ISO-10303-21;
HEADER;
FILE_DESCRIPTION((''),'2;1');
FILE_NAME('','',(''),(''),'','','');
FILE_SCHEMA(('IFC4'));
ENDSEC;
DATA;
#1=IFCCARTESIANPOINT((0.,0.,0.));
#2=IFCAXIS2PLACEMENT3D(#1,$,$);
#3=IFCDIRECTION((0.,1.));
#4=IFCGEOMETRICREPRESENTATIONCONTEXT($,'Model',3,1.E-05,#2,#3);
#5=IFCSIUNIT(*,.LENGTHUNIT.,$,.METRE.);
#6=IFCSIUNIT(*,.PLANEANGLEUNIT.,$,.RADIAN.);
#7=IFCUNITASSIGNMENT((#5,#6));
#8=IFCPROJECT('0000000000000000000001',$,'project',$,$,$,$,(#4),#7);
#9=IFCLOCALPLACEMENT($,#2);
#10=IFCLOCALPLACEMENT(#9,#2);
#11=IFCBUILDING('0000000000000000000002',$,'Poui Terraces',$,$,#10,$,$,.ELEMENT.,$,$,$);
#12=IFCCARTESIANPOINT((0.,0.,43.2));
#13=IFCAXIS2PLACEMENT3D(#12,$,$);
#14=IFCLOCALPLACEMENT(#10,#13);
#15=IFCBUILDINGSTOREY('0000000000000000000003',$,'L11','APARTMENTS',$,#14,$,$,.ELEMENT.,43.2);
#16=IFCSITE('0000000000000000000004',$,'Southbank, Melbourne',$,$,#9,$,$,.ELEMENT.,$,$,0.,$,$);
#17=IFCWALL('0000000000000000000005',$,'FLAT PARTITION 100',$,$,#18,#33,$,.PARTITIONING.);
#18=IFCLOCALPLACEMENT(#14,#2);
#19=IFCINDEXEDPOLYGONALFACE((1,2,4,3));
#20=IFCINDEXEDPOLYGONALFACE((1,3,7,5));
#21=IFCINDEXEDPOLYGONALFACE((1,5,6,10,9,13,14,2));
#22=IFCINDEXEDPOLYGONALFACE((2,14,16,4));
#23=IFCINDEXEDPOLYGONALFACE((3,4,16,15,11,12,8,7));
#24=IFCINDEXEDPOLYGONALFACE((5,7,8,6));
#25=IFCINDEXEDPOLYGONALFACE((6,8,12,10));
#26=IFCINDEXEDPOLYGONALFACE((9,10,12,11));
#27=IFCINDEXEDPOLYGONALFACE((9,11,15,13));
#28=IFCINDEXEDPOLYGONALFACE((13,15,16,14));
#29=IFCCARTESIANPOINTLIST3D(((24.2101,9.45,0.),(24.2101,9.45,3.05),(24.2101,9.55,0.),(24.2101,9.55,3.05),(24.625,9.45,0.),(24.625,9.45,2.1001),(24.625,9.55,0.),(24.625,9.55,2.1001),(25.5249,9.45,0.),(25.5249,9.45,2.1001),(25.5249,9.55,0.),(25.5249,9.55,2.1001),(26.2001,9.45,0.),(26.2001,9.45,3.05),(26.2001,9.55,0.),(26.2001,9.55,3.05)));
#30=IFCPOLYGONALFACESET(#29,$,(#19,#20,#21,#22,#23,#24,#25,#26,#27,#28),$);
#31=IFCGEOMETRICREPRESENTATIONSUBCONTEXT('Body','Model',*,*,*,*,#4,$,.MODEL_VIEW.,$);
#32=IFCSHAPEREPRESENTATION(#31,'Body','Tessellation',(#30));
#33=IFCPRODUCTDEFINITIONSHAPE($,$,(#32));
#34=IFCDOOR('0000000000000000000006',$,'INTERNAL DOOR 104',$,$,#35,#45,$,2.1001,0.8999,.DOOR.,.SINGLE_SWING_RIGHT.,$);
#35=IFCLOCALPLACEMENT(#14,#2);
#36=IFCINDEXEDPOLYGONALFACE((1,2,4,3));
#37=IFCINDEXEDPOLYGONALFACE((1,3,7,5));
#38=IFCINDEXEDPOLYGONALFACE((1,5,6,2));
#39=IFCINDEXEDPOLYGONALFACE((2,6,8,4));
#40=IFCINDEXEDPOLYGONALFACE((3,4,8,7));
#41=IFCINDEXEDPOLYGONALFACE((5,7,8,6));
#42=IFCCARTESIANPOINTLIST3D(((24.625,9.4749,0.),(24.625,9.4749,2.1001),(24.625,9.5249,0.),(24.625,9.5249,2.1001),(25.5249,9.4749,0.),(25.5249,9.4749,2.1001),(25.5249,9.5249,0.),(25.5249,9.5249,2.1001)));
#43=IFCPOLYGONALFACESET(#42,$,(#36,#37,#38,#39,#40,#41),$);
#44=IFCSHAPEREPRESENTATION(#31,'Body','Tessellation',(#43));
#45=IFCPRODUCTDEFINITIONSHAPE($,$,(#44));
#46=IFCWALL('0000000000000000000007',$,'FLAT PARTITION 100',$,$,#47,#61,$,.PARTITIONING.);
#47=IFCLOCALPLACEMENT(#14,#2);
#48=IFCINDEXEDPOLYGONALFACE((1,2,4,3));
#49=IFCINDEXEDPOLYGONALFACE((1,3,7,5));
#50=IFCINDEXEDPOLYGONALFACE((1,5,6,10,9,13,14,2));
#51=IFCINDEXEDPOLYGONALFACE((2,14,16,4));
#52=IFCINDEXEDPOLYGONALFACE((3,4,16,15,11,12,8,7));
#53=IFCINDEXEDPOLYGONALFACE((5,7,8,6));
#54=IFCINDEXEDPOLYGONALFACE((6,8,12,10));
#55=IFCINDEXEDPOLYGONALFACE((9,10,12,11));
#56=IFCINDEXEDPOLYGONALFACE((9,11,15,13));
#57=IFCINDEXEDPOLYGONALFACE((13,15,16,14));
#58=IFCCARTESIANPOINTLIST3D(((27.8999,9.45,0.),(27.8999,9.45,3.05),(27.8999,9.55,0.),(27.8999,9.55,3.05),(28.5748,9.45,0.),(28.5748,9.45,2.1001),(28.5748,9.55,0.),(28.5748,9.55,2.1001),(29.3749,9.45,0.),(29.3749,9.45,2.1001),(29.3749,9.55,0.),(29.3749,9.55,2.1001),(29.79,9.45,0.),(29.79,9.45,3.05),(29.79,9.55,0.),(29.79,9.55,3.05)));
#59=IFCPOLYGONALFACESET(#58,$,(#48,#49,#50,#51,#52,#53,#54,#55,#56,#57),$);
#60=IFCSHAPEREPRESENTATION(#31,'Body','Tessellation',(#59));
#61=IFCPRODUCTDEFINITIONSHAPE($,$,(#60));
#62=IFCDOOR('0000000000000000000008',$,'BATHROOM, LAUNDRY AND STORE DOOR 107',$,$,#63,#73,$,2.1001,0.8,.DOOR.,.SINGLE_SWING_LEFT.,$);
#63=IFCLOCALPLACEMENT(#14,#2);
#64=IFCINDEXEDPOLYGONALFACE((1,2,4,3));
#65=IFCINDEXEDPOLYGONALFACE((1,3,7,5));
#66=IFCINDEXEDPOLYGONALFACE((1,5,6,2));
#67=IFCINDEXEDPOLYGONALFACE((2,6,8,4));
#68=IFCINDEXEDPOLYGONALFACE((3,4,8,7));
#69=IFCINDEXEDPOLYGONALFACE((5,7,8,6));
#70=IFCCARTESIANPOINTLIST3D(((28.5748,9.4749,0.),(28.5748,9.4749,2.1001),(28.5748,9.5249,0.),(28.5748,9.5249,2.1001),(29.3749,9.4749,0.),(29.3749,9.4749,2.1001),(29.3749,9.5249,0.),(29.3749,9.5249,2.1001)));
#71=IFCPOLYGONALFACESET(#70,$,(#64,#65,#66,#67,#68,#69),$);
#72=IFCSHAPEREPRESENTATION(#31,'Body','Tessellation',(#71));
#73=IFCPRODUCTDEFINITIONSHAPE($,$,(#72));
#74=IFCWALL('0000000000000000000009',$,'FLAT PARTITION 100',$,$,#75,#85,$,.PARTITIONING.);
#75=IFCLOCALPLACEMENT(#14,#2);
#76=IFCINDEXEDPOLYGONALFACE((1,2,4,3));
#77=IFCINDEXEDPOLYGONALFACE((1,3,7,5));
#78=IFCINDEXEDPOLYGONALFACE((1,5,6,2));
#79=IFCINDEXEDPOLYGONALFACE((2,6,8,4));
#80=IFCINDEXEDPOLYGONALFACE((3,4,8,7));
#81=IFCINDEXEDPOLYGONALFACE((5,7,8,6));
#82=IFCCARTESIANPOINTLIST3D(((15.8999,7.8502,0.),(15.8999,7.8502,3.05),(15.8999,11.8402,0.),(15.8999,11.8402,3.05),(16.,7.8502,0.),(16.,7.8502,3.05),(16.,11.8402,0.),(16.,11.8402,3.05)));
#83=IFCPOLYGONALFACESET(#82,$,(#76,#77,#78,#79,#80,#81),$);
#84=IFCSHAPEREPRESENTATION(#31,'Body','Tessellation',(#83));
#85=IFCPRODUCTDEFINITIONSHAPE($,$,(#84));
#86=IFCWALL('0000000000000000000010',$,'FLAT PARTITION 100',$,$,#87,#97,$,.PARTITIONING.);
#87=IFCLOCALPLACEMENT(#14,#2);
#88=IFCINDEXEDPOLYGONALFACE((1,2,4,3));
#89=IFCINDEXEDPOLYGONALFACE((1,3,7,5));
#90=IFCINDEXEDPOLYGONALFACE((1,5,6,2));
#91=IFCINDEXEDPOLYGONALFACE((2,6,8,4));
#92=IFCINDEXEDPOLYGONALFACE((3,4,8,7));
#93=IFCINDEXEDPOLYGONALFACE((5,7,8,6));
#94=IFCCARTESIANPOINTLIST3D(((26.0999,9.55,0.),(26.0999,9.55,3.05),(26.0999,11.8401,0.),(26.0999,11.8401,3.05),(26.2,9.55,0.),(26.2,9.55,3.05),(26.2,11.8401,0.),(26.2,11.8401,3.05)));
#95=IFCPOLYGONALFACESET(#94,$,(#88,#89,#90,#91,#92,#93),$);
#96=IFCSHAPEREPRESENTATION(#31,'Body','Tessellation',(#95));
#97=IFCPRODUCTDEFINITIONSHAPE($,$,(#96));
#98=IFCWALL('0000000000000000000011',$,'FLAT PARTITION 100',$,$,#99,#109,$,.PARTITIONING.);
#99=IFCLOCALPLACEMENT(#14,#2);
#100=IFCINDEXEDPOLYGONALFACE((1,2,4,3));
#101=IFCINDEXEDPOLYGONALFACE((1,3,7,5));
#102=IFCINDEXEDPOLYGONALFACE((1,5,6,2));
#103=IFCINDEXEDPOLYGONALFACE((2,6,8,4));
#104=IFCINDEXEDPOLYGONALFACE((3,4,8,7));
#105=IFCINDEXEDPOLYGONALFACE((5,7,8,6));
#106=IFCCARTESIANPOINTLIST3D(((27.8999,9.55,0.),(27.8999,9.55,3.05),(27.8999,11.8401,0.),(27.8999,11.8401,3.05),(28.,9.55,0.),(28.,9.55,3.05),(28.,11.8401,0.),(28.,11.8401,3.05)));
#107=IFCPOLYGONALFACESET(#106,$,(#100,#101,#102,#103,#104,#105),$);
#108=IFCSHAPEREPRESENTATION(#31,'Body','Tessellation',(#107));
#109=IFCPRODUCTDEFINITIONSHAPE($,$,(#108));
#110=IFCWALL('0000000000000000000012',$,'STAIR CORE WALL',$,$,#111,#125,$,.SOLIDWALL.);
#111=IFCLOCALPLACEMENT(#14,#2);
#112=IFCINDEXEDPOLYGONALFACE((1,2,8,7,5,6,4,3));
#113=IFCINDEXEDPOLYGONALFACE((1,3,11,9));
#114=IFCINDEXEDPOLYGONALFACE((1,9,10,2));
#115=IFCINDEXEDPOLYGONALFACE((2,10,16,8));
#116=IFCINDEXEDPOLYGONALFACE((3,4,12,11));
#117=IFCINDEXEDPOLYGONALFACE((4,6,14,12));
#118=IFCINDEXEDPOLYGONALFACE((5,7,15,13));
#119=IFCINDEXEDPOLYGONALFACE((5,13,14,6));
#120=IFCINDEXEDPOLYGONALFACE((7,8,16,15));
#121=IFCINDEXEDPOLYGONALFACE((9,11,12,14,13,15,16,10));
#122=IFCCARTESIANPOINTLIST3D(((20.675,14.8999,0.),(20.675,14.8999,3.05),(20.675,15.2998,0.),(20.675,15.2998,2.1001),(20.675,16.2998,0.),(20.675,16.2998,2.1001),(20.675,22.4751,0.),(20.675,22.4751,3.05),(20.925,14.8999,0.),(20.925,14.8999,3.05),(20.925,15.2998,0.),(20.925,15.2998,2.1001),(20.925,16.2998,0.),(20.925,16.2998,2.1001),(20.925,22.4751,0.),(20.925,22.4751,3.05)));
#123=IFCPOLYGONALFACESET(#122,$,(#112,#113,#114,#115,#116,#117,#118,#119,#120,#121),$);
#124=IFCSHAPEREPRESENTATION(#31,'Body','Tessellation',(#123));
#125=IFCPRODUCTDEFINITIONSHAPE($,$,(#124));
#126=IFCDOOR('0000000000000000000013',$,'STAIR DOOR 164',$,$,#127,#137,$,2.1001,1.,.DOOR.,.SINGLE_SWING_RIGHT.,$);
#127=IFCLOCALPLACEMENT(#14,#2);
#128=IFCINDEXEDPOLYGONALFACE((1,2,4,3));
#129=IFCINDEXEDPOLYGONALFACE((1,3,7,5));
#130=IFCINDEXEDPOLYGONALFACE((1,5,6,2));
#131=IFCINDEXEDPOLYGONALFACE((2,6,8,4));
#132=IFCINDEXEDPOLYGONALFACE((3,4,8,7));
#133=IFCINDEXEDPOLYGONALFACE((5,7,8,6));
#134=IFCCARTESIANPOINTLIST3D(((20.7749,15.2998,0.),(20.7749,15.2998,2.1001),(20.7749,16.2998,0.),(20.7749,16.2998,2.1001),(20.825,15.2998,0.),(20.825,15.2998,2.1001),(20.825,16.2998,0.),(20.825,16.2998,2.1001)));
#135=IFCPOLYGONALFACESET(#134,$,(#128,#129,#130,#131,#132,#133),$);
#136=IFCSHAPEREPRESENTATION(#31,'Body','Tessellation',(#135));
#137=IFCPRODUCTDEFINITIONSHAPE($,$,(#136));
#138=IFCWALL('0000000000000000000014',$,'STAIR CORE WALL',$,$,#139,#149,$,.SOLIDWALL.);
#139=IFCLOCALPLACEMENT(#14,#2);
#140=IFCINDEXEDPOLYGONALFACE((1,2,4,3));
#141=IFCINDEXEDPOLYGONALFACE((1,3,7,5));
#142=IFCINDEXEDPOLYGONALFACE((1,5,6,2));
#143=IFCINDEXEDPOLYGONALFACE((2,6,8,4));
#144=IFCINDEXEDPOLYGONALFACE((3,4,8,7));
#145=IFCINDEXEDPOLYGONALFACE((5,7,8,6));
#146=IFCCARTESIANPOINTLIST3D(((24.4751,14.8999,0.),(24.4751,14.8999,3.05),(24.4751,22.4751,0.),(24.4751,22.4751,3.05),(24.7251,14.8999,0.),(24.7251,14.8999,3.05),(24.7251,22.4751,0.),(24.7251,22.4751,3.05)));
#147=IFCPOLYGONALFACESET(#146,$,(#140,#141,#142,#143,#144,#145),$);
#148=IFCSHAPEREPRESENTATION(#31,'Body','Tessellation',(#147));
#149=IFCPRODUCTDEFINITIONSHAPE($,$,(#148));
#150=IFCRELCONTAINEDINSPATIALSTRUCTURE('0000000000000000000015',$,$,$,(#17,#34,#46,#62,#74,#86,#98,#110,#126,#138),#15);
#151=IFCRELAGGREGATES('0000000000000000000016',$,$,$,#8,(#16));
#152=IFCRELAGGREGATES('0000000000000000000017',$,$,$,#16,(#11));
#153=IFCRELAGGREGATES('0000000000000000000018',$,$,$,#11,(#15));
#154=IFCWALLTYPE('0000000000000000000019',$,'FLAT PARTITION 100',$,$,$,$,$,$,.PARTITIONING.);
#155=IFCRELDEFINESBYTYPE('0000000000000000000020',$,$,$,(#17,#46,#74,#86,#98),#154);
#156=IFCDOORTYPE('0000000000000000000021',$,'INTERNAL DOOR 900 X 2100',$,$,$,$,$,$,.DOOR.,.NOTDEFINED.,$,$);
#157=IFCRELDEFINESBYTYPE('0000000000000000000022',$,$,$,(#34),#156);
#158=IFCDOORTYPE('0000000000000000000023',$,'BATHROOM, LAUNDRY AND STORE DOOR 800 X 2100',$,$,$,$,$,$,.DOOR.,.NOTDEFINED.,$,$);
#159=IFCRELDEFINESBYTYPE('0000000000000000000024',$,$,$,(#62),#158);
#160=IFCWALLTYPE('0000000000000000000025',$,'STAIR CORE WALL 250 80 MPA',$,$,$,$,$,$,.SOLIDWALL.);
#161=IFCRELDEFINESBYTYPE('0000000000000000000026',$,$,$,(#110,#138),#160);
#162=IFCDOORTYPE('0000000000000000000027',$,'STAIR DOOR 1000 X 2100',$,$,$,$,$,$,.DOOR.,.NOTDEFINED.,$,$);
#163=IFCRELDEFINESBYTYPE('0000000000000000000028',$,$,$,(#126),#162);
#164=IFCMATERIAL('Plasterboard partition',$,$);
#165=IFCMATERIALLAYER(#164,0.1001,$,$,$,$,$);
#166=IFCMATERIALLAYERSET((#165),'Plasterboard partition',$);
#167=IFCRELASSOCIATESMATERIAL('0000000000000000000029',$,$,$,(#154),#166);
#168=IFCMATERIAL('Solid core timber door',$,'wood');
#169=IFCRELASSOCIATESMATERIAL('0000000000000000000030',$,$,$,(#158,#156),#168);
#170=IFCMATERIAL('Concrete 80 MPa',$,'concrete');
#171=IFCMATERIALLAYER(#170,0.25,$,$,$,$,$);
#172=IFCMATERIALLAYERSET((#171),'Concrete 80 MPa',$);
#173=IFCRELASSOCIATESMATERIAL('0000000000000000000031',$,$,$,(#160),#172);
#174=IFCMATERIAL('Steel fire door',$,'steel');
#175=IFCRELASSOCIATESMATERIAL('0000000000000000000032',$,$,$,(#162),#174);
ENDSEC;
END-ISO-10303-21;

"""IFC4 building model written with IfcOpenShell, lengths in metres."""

from ifc_helpers import new_model, si_unit, direction, frame, frame_2d, origin, place, context, subcontext, project, spatial, rectangle, extrude, material, layer, layer_set, type_object, element, fill, save


model = new_model("IFC4")

# Units and contexts
model_context = context("Model", 3, precision=1e-05, world=origin(), true_north=direction((0.0, 1.0)))
body_context = subcontext(model_context, "Body", "Model", "MODEL_VIEW")
ifc_project = project(units=[si_unit("LENGTHUNIT", "METRE"), si_unit("PLANEANGLEUNIT", "RADIAN")], contexts=[model_context])

# Site, building, storey
site_placement = place(None, origin())
site = spatial("IfcSite", under=ifc_project, at=site_placement, Name="Southbank, Melbourne", CompositionType="ELEMENT", RefElevation=0.0)
building_placement = place(site_placement, origin())
building = spatial("IfcBuilding", under=site, at=building_placement, Name="Poui Terraces", CompositionType="ELEMENT")
storey_placement = place(building_placement, frame((0.0, 0.0, 43.2)))
storey = spatial("IfcBuildingStorey", under=building, at=storey_placement, Name="L11", Description="APARTMENTS", CompositionType="ELEMENT", Elevation=43.2)

# Shared definitions
ifc_material_1 = material(Name="Concrete 80 MPa", Category="concrete")

# Shared definitions
ifc_material_2 = material(Name="Steel fire door", Category="steel")

# Walls, openings, doors
ifc_material_3 = material(Name="Plasterboard partition")
ifc_layer_1 = layer(ifc_material_3, 0.1001)
ifc_layer_set_1 = layer_set([ifc_layer_1], Name="Plasterboard partition")
wall_type_1 = type_object("IfcWallType", Name="FLAT PARTITION 100", PredefinedType="PARTITIONING", material=ifc_layer_set_1)
ifc_material_4 = material(Name="Solid core timber door", Category="wood")
door_type_1 = type_object("IfcDoorType", Name="BATHROOM, LAUNDRY AND STORE DOOR 800 X 2100", OperationType="NOTDEFINED", PredefinedType="DOOR", material=ifc_material_4)
wall_1_placement = place(storey_placement, frame((24.21, 9.5, 0.0), z_axis=(0.0, 0.0, 1.0), x_axis=(1.0, 0.0, 0.0)))
wall_1 = element("IfcWall", 1, at=wall_1_placement, inside=storey, type_object=wall_type_1, Name="FLAT PARTITION 100", PredefinedType="PARTITIONING", context=body_context, shape_type="SweptSolid", body=[
    extrude(rectangle(XDim=1.99, YDim=0.1001, at=frame_2d((0.9951, 0.0))), origin(), (0.0, 0.0, 1.0), 3.05),
])
opening_1_placement = place(wall_1_placement, frame((0.415, 0.0, 0.0)))
opening_1 = element("IfcOpeningElement", 2, at=opening_1_placement, cuts=wall_1, PredefinedType="OPENING", context=body_context, shape_type="SweptSolid", body=[
    extrude(rectangle(XDim=0.8999, YDim=2.1001, at=frame_2d((0.45, 1.05))), frame((0.0, 0.0601, 0.0), z_axis=(0.0, -1.0, 0.0), x_axis=(1.0, 0.0, 0.0)), (0.0, 0.0, 1.0), 0.1201),
])
door_type_2 = type_object("IfcDoorType", Name="INTERNAL DOOR 900 X 2100", OperationType="NOTDEFINED", PredefinedType="DOOR", material=ifc_material_4)
door_1_placement = place(opening_1_placement, origin())
door_1 = element("IfcDoor", 3, at=door_1_placement, inside=storey, type_object=door_type_2, Name="INTERNAL DOOR 104", OperationType="SINGLE_SWING_RIGHT", OverallHeight=2.1001, OverallWidth=0.8999, PredefinedType="DOOR", context=body_context, shape_type="SweptSolid", body=[
    extrude(rectangle(XDim=0.8999, YDim=2.1001, at=frame_2d((0.45, 1.05))), frame((0.0, 0.0249, 0.0), z_axis=(0.0, -1.0, 0.0), x_axis=(1.0, 0.0, 0.0)), (0.0, 0.0, 1.0), 0.05),
])
fill(opening_1, door_1)
wall_2_placement = place(storey_placement, frame((27.8999, 9.5, 0.0), z_axis=(0.0, 0.0, 1.0), x_axis=(1.0, 0.0, 0.0)))
wall_2 = element("IfcWall", 4, at=wall_2_placement, inside=storey, type_object=wall_type_1, Name="FLAT PARTITION 100", PredefinedType="PARTITIONING", context=body_context, shape_type="SweptSolid", body=[
    extrude(rectangle(XDim=1.8901, YDim=0.1001, at=frame_2d((0.9451, 0.0))), origin(), (0.0, 0.0, 1.0), 3.05),
])
opening_2_placement = place(wall_2_placement, frame((0.675, 0.0, 0.0)))
opening_2 = element("IfcOpeningElement", 5, at=opening_2_placement, cuts=wall_2, PredefinedType="OPENING", context=body_context, shape_type="SweptSolid", body=[
    extrude(rectangle(XDim=0.8, YDim=2.1001, at=frame_2d((0.3999, 1.05))), frame((0.0, 0.0601, 0.0), z_axis=(0.0, -1.0, 0.0), x_axis=(1.0, 0.0, 0.0)), (0.0, 0.0, 1.0), 0.1201),
])
door_2_placement = place(opening_2_placement, origin())
door_2 = element("IfcDoor", 6, at=door_2_placement, inside=storey, type_object=door_type_1, Name="BATHROOM, LAUNDRY AND STORE DOOR 107", OperationType="SINGLE_SWING_LEFT", OverallHeight=2.1001, OverallWidth=0.8, PredefinedType="DOOR", context=body_context, shape_type="SweptSolid", body=[
    extrude(rectangle(XDim=0.8, YDim=2.1001, at=frame_2d((0.3999, 1.05))), frame((0.0, 0.0249, 0.0), z_axis=(0.0, -1.0, 0.0), x_axis=(1.0, 0.0, 0.0)), (0.0, 0.0, 1.0), 0.05),
])
fill(opening_2, door_2)

# Walls
wall_3_placement = place(storey_placement, frame((15.95, 7.8501, 0.0), z_axis=(0.0, 0.0, 1.0), x_axis=(0.0, 1.0, 0.0)))
element("IfcWall", 7, at=wall_3_placement, inside=storey, type_object=wall_type_1, Name="FLAT PARTITION 100", PredefinedType="PARTITIONING", context=body_context, shape_type="SweptSolid", body=[
    extrude(rectangle(XDim=3.99, YDim=0.1001, at=frame_2d((1.9951, 0.0))), origin(), (0.0, 0.0, 1.0), 3.05),
])
for number, where, z_axis, x_axis, name in (
    (8, (26.1499, 9.55, 0.0), (0.0, 0.0, 1.0), (0.0, 1.0, 0.0), "FLAT PARTITION 100"),
    (9, (27.95, 9.55, 0.0), (0.0, 0.0, 1.0), (0.0, 1.0, 0.0), "FLAT PARTITION 100"),
):
    element("IfcWall", number, at=place(storey_placement, frame(where, z_axis=z_axis, x_axis=x_axis)), inside=storey, type_object=wall_type_1, Name=name, PredefinedType="PARTITIONING", context=body_context, shape_type="SweptSolid", body=[
        extrude(rectangle(XDim=2.29, YDim=0.1001, at=frame_2d((1.145, 0.0))), origin(), (0.0, 0.0, 1.0), 3.05),
    ])

# Wall, opening, door
ifc_layer_2 = layer(ifc_material_1, 0.25)
ifc_layer_set_2 = layer_set([ifc_layer_2], Name="Concrete 80 MPa")
wall_type_2 = type_object("IfcWallType", Name="STAIR CORE WALL 250 80 MPA", PredefinedType="SOLIDWALL", material=ifc_layer_set_2)
wall_4_placement = place(storey_placement, frame((20.8, 14.8999, 0.0), z_axis=(0.0, 0.0, 1.0), x_axis=(0.0, 1.0, 0.0)))
wall_4 = element("IfcWall", 10, at=wall_4_placement, inside=storey, type_object=wall_type_2, Name="STAIR CORE WALL", PredefinedType="SOLIDWALL", context=body_context, shape_type="SweptSolid", body=[
    extrude(rectangle(XDim=7.5752, YDim=0.25, at=frame_2d((3.7876, 0.0))), origin(), (0.0, 0.0, 1.0), 3.05),
])
opening_3_placement = place(wall_4_placement, frame((0.3999, 0.0, 0.0)))
opening_3 = element("IfcOpeningElement", 11, at=opening_3_placement, cuts=wall_4, PredefinedType="OPENING", context=body_context, shape_type="SweptSolid", body=[
    extrude(rectangle(XDim=1.0, YDim=2.1001, at=frame_2d((0.5, 1.05))), frame((0.0, 0.135, 0.0), z_axis=(0.0, -1.0, 0.0), x_axis=(1.0, 0.0, 0.0)), (0.0, 0.0, 1.0), 0.27),
])
door_type_3 = type_object("IfcDoorType", Name="STAIR DOOR 1000 X 2100", OperationType="NOTDEFINED", PredefinedType="DOOR", material=ifc_material_2)
door_3_placement = place(opening_3_placement, frame((1.0, 0.0, 0.0), z_axis=(0.0, 0.0, 1.0), x_axis=(-1.0, 0.0, 0.0)))
door_3 = element("IfcDoor", 12, at=door_3_placement, inside=storey, type_object=door_type_3, Name="STAIR DOOR 164", OperationType="SINGLE_SWING_RIGHT", OverallHeight=2.1001, OverallWidth=1.0, PredefinedType="DOOR", context=body_context, shape_type="SweptSolid", body=[
    extrude(rectangle(XDim=1.0, YDim=2.1001, at=frame_2d((0.5, 1.05))), frame((0.0, 0.0249, 0.0), z_axis=(0.0, -1.0, 0.0), x_axis=(1.0, 0.0, 0.0)), (0.0, 0.0, 1.0), 0.05),
])
fill(opening_3, door_3)

# Wall
wall_5_placement = place(storey_placement, frame((24.6001, 14.8999, 0.0), z_axis=(0.0, 0.0, 1.0), x_axis=(0.0, 1.0, 0.0)))
element("IfcWall", 13, at=wall_5_placement, inside=storey, type_object=wall_type_2, Name="STAIR CORE WALL", PredefinedType="SOLIDWALL", context=body_context, shape_type="SweptSolid", body=[
    extrude(rectangle(XDim=7.5752, YDim=0.25, at=frame_2d((3.7876, 0.0))), origin(), (0.0, 0.0, 1.0), 3.05),
])

save(model, "model.ifc")
